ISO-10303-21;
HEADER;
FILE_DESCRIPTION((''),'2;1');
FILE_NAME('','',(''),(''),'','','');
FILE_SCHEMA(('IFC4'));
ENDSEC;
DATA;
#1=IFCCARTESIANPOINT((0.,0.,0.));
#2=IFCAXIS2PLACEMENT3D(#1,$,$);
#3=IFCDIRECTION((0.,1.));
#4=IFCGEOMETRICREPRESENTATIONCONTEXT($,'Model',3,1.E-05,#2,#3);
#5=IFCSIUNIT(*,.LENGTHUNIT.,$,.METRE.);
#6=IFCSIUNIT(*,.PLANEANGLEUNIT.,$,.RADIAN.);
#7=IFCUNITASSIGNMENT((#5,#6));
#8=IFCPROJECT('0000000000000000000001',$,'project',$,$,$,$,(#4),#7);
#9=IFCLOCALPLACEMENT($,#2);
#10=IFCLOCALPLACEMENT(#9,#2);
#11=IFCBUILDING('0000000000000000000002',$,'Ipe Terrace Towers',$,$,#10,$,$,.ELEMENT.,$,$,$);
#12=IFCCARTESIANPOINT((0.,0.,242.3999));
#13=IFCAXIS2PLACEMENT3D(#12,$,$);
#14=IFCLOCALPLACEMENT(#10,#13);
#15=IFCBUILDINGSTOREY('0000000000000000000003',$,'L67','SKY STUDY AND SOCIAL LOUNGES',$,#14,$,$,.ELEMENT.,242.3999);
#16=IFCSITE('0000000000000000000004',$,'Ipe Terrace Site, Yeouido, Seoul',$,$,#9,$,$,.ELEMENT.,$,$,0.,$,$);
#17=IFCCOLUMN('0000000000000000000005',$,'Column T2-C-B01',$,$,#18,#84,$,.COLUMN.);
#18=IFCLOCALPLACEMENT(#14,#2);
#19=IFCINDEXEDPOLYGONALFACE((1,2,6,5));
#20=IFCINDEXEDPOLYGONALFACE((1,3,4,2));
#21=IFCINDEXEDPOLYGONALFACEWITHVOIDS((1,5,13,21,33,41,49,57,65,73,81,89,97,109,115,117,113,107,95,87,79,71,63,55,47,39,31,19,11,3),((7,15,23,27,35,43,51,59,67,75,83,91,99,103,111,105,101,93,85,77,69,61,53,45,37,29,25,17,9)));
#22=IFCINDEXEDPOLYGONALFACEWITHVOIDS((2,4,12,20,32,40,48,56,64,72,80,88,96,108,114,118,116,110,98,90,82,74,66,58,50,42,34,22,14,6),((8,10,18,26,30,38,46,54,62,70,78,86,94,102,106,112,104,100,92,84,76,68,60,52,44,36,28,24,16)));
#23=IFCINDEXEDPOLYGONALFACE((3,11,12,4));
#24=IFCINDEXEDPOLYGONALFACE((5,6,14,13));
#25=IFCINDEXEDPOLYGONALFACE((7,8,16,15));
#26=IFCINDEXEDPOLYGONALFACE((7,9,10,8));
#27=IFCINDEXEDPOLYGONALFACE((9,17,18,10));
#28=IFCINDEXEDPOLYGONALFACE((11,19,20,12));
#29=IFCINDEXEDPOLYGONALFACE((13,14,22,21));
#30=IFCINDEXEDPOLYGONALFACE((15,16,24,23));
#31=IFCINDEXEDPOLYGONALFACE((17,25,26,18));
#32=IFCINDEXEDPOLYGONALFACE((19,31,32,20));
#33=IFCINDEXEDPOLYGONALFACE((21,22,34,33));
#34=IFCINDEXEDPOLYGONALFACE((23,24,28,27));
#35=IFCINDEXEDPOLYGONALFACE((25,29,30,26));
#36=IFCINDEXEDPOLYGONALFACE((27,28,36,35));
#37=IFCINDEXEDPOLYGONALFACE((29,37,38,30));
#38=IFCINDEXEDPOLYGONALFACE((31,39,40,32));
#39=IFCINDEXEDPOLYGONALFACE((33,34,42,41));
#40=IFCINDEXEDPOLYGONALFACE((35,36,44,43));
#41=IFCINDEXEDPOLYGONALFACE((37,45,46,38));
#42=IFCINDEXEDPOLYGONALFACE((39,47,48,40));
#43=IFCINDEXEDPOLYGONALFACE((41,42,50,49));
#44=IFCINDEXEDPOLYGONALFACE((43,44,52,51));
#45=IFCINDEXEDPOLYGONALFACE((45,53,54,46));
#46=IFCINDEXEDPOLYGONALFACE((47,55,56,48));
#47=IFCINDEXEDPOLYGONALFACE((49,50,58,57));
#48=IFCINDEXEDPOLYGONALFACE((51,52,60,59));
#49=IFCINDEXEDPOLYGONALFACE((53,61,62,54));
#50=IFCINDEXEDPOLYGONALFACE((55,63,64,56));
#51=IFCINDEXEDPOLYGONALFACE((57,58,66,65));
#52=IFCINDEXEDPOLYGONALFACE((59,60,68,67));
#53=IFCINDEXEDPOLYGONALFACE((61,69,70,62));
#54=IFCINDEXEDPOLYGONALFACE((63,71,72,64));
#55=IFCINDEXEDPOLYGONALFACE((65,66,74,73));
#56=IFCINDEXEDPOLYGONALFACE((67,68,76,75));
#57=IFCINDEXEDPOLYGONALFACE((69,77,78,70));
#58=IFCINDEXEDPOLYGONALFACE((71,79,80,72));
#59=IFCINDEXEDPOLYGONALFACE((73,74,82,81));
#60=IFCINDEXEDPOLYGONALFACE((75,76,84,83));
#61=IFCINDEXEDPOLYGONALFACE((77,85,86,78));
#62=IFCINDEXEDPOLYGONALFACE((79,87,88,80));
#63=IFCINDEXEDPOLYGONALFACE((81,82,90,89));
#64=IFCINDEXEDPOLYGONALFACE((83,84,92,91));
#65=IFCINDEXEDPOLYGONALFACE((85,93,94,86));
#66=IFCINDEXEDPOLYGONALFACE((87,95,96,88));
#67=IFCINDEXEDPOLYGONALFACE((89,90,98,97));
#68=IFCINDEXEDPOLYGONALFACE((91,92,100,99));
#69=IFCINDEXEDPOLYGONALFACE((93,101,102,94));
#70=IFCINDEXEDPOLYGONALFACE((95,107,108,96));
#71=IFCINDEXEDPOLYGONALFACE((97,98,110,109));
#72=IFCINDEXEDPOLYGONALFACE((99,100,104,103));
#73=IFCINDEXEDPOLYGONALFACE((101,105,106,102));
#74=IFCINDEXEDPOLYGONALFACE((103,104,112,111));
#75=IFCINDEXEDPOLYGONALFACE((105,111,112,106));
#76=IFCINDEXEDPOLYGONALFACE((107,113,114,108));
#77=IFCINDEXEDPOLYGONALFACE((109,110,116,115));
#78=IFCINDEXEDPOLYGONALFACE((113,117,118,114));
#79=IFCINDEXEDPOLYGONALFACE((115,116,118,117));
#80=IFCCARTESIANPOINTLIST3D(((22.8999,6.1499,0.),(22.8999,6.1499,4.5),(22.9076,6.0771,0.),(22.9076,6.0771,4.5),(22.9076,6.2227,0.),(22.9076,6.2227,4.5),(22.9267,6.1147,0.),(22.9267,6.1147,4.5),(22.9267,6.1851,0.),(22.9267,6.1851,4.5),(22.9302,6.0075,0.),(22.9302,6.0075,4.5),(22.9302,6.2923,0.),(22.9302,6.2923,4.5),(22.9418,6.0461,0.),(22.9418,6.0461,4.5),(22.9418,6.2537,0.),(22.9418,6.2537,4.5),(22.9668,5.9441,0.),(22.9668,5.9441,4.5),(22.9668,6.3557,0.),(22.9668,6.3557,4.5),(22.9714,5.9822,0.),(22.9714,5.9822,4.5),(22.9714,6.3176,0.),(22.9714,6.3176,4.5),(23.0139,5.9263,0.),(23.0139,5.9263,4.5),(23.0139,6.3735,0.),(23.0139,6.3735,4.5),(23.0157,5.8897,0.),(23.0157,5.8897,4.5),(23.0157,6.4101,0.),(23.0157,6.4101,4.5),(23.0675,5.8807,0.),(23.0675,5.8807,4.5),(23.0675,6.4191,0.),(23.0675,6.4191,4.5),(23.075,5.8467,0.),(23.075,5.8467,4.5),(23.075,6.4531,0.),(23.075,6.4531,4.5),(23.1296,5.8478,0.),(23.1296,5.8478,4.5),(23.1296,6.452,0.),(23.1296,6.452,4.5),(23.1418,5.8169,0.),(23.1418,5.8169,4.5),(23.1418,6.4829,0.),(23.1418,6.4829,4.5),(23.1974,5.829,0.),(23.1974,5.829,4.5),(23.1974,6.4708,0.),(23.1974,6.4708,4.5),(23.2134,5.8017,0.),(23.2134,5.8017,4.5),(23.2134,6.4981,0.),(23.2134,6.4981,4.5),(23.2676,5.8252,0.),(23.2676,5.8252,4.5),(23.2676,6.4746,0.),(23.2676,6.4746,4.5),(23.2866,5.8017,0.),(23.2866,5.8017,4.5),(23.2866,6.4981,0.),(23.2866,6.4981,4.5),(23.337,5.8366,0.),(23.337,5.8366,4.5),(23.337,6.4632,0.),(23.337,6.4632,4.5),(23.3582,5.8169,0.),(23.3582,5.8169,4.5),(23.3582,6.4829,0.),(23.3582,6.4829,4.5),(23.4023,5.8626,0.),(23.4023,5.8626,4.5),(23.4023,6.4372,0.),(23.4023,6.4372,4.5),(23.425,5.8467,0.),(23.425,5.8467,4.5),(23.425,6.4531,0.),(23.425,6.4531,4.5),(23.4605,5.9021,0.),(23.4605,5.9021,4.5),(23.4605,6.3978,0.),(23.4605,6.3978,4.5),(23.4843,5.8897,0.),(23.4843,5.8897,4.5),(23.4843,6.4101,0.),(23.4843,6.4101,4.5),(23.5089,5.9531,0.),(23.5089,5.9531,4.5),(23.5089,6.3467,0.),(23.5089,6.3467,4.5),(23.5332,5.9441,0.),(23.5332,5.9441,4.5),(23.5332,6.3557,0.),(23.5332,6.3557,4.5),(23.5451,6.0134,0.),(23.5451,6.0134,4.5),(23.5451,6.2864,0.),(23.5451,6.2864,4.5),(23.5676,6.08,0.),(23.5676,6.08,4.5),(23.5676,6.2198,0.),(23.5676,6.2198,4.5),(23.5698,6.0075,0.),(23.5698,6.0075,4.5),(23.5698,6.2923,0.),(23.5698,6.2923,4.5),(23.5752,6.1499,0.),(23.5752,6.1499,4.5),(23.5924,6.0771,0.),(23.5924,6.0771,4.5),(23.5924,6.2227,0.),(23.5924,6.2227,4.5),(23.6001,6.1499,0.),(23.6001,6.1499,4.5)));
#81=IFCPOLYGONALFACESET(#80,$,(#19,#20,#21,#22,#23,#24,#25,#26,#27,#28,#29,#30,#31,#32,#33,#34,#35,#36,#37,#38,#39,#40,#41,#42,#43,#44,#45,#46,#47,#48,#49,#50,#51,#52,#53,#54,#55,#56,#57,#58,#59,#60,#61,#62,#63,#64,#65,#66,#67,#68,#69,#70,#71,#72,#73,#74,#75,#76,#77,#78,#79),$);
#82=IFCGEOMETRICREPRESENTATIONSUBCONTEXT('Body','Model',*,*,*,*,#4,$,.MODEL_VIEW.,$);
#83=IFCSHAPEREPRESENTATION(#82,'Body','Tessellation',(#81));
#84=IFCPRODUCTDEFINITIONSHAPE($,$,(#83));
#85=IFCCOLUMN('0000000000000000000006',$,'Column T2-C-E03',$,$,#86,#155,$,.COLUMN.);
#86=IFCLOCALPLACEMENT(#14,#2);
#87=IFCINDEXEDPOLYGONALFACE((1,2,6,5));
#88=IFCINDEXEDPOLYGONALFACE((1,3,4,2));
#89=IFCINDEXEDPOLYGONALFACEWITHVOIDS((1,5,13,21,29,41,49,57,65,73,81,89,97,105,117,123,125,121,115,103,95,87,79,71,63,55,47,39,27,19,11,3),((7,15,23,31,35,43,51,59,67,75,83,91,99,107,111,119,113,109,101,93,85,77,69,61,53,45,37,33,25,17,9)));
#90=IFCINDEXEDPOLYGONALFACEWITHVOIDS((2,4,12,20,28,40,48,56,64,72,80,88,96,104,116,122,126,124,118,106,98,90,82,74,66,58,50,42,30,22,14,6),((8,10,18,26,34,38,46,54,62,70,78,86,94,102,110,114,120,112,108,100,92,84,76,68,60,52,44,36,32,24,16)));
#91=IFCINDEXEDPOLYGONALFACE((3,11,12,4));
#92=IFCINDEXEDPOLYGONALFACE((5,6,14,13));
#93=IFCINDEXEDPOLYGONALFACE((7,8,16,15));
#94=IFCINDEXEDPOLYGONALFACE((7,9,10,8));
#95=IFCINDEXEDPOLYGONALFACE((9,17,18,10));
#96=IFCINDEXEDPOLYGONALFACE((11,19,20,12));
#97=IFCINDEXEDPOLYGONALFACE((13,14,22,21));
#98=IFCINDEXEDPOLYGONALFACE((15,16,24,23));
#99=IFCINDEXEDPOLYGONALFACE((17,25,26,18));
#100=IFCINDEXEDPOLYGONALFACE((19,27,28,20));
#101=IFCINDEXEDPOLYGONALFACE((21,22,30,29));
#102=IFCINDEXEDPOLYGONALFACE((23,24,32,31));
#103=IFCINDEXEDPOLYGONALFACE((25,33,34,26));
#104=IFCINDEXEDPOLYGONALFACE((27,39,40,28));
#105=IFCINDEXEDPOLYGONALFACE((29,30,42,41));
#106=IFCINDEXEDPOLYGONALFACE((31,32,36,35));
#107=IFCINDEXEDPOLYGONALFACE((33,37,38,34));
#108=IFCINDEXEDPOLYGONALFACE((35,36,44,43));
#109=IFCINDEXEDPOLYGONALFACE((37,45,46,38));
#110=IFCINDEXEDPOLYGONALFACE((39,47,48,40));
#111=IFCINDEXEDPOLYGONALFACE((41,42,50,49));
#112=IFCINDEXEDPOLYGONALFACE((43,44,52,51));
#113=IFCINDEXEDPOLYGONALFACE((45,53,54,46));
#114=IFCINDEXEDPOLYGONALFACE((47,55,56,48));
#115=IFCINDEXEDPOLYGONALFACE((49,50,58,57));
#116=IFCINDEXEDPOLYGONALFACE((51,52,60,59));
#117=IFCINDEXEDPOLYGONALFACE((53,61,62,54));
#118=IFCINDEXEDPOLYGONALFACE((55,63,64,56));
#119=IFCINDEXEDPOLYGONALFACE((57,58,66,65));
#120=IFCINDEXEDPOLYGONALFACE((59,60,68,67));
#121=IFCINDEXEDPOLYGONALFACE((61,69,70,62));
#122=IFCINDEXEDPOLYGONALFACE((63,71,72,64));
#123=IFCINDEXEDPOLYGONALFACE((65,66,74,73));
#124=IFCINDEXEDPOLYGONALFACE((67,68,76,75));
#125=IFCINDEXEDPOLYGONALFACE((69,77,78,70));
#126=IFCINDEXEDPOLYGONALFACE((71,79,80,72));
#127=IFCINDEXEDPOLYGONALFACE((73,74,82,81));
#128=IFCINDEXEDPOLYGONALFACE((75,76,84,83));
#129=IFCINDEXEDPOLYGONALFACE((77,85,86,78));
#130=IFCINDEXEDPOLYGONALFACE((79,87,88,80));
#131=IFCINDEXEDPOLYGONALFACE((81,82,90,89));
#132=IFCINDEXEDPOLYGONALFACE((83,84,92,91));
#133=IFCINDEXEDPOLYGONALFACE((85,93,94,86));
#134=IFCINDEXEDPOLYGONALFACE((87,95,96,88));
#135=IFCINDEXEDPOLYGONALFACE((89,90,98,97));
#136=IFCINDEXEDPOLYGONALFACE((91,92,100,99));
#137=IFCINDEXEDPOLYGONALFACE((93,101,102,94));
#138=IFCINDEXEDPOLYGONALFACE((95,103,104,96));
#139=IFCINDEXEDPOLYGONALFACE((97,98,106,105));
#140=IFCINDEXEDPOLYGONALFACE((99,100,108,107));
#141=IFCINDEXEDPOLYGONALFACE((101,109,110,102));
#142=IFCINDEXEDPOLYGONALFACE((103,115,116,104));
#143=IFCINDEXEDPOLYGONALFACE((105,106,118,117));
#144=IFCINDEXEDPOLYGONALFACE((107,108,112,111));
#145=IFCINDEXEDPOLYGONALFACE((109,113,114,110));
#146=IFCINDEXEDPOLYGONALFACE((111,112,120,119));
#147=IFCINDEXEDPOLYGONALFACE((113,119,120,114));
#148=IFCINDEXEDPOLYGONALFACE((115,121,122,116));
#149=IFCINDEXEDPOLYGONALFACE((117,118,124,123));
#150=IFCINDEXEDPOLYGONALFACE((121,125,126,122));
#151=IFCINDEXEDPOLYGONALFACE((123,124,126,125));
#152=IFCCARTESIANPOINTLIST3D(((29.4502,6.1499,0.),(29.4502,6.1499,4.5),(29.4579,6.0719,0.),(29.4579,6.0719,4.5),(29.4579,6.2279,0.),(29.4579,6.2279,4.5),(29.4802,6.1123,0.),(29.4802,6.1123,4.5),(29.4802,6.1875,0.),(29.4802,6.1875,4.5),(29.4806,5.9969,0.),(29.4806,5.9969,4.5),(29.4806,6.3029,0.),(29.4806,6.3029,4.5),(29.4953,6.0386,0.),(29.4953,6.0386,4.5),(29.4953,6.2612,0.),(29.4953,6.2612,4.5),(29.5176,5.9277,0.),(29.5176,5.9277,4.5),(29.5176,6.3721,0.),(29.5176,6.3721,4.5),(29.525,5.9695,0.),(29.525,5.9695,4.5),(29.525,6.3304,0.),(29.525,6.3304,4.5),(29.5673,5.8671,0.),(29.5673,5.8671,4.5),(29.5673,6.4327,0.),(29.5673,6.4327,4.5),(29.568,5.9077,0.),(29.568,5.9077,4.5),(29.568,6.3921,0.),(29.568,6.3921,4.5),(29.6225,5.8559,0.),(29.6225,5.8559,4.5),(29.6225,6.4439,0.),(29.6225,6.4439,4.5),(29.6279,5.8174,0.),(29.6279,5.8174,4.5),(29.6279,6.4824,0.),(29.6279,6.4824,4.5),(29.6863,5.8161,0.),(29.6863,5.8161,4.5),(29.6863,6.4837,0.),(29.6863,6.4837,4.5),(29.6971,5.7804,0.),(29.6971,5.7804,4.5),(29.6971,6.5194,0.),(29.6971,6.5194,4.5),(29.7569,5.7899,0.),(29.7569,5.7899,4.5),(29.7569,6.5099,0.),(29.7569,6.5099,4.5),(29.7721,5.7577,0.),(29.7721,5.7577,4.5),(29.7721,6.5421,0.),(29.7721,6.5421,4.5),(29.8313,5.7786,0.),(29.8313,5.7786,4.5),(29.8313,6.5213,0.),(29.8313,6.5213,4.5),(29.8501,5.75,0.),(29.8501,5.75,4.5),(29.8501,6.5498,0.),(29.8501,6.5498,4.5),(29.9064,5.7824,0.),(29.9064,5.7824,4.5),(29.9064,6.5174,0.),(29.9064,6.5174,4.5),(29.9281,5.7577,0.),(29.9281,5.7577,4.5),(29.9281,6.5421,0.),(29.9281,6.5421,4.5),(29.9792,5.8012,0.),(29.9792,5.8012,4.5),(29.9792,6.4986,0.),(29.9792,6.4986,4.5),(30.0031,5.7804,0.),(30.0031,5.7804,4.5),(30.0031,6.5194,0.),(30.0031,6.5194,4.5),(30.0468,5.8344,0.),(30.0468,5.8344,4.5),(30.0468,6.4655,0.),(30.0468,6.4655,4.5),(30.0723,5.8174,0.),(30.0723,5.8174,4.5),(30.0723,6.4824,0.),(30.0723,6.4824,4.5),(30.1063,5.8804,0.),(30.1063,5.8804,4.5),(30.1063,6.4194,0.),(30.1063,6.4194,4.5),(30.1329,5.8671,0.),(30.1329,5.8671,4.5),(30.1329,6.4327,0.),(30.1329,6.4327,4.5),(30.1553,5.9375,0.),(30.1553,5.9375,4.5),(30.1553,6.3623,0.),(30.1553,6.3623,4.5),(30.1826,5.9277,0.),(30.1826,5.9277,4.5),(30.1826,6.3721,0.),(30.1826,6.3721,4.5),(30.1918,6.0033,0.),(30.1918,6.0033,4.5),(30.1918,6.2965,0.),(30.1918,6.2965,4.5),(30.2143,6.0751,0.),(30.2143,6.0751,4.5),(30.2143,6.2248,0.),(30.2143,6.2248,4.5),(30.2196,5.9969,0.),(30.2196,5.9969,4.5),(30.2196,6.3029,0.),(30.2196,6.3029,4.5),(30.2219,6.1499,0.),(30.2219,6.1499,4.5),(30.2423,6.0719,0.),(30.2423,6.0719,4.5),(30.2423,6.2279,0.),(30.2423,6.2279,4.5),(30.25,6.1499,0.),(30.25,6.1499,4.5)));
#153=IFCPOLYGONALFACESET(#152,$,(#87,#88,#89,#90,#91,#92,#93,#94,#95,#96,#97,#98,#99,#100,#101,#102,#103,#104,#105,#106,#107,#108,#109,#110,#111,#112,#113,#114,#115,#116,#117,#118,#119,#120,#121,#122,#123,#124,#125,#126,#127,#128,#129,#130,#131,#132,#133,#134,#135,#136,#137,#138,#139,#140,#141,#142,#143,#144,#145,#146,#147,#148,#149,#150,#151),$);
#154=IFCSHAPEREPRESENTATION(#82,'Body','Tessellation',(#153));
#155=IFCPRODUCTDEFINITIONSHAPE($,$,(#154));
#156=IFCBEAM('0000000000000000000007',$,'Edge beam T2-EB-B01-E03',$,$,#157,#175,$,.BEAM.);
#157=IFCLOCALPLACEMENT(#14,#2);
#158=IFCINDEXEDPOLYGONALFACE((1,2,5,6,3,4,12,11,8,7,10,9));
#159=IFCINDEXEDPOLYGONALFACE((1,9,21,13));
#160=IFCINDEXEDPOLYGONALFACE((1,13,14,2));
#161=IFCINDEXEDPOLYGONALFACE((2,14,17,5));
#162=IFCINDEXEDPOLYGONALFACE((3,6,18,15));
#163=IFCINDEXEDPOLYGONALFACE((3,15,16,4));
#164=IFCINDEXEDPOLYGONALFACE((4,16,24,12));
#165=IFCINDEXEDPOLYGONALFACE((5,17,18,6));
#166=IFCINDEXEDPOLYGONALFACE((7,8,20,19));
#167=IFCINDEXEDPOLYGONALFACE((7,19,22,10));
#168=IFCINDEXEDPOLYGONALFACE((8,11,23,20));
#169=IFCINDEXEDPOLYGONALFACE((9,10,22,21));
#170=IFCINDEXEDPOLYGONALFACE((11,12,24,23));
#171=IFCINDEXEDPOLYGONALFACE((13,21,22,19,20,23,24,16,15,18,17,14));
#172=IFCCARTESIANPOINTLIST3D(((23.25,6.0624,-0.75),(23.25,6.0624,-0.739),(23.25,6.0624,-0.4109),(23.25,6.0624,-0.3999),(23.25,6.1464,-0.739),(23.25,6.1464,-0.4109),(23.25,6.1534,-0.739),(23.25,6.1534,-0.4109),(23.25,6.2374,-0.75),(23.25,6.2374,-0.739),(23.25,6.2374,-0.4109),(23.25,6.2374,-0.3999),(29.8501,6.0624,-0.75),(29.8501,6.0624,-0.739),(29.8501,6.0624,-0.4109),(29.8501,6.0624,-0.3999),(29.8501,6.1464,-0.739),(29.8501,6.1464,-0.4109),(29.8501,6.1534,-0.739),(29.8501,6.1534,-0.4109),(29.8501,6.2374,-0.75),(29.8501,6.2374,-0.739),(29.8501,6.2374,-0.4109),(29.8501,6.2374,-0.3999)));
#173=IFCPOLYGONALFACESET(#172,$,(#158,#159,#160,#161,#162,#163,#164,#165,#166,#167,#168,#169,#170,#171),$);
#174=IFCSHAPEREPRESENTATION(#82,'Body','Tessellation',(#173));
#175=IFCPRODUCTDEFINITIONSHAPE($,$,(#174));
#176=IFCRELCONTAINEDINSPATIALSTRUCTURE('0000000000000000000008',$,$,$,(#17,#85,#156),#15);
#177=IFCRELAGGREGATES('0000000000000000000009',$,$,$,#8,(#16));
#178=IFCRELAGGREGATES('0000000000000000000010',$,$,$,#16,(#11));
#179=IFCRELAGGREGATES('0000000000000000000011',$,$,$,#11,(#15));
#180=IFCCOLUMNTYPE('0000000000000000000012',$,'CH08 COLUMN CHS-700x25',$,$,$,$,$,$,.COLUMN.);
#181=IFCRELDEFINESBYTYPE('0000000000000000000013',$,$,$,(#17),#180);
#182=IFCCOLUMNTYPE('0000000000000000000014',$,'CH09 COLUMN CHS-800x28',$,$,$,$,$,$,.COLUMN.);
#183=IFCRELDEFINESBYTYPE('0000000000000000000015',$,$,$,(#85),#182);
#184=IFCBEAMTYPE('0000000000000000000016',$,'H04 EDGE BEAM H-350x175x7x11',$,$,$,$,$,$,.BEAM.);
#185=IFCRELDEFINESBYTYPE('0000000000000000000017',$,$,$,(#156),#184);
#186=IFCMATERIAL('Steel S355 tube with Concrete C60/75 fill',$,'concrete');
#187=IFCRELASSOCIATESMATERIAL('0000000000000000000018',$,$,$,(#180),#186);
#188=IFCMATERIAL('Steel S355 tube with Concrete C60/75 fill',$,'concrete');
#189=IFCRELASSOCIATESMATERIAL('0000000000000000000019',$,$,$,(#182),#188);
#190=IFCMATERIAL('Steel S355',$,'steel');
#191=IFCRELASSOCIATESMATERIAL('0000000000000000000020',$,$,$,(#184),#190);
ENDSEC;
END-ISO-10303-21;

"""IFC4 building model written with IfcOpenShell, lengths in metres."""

from ifc_helpers import new_model, si_unit, direction, frame, origin, origin_2d, place, context, subcontext, project, spatial, hollow_circle, i_section, extrude, material, material_profile, profile_set, type_object, element, save


model = new_model("IFC4")

# Units and contexts
model_context = context("Model", 3, precision=1e-05, world=origin(), true_north=direction((0.0, 1.0)))
body_context = subcontext(model_context, "Body", "Model", "MODEL_VIEW")
ifc_project = project(units=[si_unit("LENGTHUNIT", "METRE"), si_unit("PLANEANGLEUNIT", "RADIAN")], contexts=[model_context])

# Site, building, storey
site_placement = place(None, origin())
site = spatial("IfcSite", under=ifc_project, at=site_placement, Name="Ipe Terrace Site, Yeouido, Seoul", CompositionType="ELEMENT", RefElevation=0.0)
building_placement = place(site_placement, origin())
building = spatial("IfcBuilding", under=site, at=building_placement, Name="Ipe Terrace Towers", CompositionType="ELEMENT")
storey_placement = place(building_placement, frame((0.0, 0.0, 242.3999)))
storey = spatial("IfcBuildingStorey", under=building, at=storey_placement, Name="L67", Description="SKY STUDY AND SOCIAL LOUNGES", CompositionType="ELEMENT", Elevation=242.3999)

# Columns
ifc_material_1 = material(Name="Steel S355 tube with Concrete C60/75 fill", Category="concrete")
ifc_material_profile_1 = material_profile(ifc_material_1, hollow_circle(Radius=0.3501, WallThickness=0.0249, at=origin_2d()), Name="CHS-700x25")
ifc_profile_set_1 = profile_set([ifc_material_profile_1], Name="Steel S355 tube with Concrete C60/75 fill")
column_type_1 = type_object("IfcColumnType", Name="CH08 COLUMN CHS-700x25", PredefinedType="COLUMN", material=ifc_profile_set_1)
column_1_placement = place(storey_placement, frame((23.25, 6.1499, 0.0), z_axis=(0.0, 0.0, 1.0), x_axis=(1.0, 0.0, 0.0)))
element("IfcColumn", 1, at=column_1_placement, inside=storey, type_object=column_type_1, Name="Column T2-C-B01", PredefinedType="COLUMN", context=body_context, shape_type="SweptSolid", body=[
    extrude(hollow_circle(Radius=0.3501, WallThickness=0.0249, at=origin_2d()), origin(), (0.0, 0.0, 1.0), 4.5),
])
ifc_material_2 = material(Name="Steel S355 tube with Concrete C60/75 fill", Category="concrete")
ifc_material_profile_2 = material_profile(ifc_material_2, hollow_circle(Radius=0.3999, WallThickness=0.0281, at=origin_2d()), Name="CHS-800x28")
ifc_profile_set_2 = profile_set([ifc_material_profile_2], Name="Steel S355 tube with Concrete C60/75 fill")
column_type_2 = type_object("IfcColumnType", Name="CH09 COLUMN CHS-800x28", PredefinedType="COLUMN", material=ifc_profile_set_2)
column_2_placement = place(storey_placement, frame((29.8501, 6.1499, 0.0), z_axis=(0.0, 0.0, 1.0), x_axis=(1.0, 0.0, 0.0)))
element("IfcColumn", 2, at=column_2_placement, inside=storey, type_object=column_type_2, Name="Column T2-C-E03", PredefinedType="COLUMN", context=body_context, shape_type="SweptSolid", body=[
    extrude(hollow_circle(Radius=0.3999, WallThickness=0.0281, at=origin_2d()), origin(), (0.0, 0.0, 1.0), 4.5),
])

# Beam
ifc_material_3 = material(Name="Steel S355", Category="steel")
ifc_material_profile_3 = material_profile(ifc_material_3, i_section(OverallWidth=0.175, OverallDepth=0.3501, WebThickness=0.0071, FlangeThickness=0.011, at=origin_2d()), Name="H-350x175x7x11")
ifc_profile_set_3 = profile_set([ifc_material_profile_3], Name="Steel S355")
beam_type = type_object("IfcBeamType", Name="H04 EDGE BEAM H-350x175x7x11", PredefinedType="BEAM", material=ifc_profile_set_3)
beam_placement = place(storey_placement, frame((23.25, 6.1499, -0.575), z_axis=(1.0, 0.0, 0.0), x_axis=(0.0, 1.0, 0.0)))
element("IfcBeam", 3, at=beam_placement, inside=storey, type_object=beam_type, Name="Edge beam T2-EB-B01-E03", PredefinedType="BEAM", context=body_context, shape_type="SweptSolid", body=[
    extrude(i_section(OverallWidth=0.175, OverallDepth=0.3501, WebThickness=0.0071, FlangeThickness=0.011, at=origin_2d()), origin(), (0.0, 0.0, 1.0), 6.6001),
])

save(model, "model.ifc")
